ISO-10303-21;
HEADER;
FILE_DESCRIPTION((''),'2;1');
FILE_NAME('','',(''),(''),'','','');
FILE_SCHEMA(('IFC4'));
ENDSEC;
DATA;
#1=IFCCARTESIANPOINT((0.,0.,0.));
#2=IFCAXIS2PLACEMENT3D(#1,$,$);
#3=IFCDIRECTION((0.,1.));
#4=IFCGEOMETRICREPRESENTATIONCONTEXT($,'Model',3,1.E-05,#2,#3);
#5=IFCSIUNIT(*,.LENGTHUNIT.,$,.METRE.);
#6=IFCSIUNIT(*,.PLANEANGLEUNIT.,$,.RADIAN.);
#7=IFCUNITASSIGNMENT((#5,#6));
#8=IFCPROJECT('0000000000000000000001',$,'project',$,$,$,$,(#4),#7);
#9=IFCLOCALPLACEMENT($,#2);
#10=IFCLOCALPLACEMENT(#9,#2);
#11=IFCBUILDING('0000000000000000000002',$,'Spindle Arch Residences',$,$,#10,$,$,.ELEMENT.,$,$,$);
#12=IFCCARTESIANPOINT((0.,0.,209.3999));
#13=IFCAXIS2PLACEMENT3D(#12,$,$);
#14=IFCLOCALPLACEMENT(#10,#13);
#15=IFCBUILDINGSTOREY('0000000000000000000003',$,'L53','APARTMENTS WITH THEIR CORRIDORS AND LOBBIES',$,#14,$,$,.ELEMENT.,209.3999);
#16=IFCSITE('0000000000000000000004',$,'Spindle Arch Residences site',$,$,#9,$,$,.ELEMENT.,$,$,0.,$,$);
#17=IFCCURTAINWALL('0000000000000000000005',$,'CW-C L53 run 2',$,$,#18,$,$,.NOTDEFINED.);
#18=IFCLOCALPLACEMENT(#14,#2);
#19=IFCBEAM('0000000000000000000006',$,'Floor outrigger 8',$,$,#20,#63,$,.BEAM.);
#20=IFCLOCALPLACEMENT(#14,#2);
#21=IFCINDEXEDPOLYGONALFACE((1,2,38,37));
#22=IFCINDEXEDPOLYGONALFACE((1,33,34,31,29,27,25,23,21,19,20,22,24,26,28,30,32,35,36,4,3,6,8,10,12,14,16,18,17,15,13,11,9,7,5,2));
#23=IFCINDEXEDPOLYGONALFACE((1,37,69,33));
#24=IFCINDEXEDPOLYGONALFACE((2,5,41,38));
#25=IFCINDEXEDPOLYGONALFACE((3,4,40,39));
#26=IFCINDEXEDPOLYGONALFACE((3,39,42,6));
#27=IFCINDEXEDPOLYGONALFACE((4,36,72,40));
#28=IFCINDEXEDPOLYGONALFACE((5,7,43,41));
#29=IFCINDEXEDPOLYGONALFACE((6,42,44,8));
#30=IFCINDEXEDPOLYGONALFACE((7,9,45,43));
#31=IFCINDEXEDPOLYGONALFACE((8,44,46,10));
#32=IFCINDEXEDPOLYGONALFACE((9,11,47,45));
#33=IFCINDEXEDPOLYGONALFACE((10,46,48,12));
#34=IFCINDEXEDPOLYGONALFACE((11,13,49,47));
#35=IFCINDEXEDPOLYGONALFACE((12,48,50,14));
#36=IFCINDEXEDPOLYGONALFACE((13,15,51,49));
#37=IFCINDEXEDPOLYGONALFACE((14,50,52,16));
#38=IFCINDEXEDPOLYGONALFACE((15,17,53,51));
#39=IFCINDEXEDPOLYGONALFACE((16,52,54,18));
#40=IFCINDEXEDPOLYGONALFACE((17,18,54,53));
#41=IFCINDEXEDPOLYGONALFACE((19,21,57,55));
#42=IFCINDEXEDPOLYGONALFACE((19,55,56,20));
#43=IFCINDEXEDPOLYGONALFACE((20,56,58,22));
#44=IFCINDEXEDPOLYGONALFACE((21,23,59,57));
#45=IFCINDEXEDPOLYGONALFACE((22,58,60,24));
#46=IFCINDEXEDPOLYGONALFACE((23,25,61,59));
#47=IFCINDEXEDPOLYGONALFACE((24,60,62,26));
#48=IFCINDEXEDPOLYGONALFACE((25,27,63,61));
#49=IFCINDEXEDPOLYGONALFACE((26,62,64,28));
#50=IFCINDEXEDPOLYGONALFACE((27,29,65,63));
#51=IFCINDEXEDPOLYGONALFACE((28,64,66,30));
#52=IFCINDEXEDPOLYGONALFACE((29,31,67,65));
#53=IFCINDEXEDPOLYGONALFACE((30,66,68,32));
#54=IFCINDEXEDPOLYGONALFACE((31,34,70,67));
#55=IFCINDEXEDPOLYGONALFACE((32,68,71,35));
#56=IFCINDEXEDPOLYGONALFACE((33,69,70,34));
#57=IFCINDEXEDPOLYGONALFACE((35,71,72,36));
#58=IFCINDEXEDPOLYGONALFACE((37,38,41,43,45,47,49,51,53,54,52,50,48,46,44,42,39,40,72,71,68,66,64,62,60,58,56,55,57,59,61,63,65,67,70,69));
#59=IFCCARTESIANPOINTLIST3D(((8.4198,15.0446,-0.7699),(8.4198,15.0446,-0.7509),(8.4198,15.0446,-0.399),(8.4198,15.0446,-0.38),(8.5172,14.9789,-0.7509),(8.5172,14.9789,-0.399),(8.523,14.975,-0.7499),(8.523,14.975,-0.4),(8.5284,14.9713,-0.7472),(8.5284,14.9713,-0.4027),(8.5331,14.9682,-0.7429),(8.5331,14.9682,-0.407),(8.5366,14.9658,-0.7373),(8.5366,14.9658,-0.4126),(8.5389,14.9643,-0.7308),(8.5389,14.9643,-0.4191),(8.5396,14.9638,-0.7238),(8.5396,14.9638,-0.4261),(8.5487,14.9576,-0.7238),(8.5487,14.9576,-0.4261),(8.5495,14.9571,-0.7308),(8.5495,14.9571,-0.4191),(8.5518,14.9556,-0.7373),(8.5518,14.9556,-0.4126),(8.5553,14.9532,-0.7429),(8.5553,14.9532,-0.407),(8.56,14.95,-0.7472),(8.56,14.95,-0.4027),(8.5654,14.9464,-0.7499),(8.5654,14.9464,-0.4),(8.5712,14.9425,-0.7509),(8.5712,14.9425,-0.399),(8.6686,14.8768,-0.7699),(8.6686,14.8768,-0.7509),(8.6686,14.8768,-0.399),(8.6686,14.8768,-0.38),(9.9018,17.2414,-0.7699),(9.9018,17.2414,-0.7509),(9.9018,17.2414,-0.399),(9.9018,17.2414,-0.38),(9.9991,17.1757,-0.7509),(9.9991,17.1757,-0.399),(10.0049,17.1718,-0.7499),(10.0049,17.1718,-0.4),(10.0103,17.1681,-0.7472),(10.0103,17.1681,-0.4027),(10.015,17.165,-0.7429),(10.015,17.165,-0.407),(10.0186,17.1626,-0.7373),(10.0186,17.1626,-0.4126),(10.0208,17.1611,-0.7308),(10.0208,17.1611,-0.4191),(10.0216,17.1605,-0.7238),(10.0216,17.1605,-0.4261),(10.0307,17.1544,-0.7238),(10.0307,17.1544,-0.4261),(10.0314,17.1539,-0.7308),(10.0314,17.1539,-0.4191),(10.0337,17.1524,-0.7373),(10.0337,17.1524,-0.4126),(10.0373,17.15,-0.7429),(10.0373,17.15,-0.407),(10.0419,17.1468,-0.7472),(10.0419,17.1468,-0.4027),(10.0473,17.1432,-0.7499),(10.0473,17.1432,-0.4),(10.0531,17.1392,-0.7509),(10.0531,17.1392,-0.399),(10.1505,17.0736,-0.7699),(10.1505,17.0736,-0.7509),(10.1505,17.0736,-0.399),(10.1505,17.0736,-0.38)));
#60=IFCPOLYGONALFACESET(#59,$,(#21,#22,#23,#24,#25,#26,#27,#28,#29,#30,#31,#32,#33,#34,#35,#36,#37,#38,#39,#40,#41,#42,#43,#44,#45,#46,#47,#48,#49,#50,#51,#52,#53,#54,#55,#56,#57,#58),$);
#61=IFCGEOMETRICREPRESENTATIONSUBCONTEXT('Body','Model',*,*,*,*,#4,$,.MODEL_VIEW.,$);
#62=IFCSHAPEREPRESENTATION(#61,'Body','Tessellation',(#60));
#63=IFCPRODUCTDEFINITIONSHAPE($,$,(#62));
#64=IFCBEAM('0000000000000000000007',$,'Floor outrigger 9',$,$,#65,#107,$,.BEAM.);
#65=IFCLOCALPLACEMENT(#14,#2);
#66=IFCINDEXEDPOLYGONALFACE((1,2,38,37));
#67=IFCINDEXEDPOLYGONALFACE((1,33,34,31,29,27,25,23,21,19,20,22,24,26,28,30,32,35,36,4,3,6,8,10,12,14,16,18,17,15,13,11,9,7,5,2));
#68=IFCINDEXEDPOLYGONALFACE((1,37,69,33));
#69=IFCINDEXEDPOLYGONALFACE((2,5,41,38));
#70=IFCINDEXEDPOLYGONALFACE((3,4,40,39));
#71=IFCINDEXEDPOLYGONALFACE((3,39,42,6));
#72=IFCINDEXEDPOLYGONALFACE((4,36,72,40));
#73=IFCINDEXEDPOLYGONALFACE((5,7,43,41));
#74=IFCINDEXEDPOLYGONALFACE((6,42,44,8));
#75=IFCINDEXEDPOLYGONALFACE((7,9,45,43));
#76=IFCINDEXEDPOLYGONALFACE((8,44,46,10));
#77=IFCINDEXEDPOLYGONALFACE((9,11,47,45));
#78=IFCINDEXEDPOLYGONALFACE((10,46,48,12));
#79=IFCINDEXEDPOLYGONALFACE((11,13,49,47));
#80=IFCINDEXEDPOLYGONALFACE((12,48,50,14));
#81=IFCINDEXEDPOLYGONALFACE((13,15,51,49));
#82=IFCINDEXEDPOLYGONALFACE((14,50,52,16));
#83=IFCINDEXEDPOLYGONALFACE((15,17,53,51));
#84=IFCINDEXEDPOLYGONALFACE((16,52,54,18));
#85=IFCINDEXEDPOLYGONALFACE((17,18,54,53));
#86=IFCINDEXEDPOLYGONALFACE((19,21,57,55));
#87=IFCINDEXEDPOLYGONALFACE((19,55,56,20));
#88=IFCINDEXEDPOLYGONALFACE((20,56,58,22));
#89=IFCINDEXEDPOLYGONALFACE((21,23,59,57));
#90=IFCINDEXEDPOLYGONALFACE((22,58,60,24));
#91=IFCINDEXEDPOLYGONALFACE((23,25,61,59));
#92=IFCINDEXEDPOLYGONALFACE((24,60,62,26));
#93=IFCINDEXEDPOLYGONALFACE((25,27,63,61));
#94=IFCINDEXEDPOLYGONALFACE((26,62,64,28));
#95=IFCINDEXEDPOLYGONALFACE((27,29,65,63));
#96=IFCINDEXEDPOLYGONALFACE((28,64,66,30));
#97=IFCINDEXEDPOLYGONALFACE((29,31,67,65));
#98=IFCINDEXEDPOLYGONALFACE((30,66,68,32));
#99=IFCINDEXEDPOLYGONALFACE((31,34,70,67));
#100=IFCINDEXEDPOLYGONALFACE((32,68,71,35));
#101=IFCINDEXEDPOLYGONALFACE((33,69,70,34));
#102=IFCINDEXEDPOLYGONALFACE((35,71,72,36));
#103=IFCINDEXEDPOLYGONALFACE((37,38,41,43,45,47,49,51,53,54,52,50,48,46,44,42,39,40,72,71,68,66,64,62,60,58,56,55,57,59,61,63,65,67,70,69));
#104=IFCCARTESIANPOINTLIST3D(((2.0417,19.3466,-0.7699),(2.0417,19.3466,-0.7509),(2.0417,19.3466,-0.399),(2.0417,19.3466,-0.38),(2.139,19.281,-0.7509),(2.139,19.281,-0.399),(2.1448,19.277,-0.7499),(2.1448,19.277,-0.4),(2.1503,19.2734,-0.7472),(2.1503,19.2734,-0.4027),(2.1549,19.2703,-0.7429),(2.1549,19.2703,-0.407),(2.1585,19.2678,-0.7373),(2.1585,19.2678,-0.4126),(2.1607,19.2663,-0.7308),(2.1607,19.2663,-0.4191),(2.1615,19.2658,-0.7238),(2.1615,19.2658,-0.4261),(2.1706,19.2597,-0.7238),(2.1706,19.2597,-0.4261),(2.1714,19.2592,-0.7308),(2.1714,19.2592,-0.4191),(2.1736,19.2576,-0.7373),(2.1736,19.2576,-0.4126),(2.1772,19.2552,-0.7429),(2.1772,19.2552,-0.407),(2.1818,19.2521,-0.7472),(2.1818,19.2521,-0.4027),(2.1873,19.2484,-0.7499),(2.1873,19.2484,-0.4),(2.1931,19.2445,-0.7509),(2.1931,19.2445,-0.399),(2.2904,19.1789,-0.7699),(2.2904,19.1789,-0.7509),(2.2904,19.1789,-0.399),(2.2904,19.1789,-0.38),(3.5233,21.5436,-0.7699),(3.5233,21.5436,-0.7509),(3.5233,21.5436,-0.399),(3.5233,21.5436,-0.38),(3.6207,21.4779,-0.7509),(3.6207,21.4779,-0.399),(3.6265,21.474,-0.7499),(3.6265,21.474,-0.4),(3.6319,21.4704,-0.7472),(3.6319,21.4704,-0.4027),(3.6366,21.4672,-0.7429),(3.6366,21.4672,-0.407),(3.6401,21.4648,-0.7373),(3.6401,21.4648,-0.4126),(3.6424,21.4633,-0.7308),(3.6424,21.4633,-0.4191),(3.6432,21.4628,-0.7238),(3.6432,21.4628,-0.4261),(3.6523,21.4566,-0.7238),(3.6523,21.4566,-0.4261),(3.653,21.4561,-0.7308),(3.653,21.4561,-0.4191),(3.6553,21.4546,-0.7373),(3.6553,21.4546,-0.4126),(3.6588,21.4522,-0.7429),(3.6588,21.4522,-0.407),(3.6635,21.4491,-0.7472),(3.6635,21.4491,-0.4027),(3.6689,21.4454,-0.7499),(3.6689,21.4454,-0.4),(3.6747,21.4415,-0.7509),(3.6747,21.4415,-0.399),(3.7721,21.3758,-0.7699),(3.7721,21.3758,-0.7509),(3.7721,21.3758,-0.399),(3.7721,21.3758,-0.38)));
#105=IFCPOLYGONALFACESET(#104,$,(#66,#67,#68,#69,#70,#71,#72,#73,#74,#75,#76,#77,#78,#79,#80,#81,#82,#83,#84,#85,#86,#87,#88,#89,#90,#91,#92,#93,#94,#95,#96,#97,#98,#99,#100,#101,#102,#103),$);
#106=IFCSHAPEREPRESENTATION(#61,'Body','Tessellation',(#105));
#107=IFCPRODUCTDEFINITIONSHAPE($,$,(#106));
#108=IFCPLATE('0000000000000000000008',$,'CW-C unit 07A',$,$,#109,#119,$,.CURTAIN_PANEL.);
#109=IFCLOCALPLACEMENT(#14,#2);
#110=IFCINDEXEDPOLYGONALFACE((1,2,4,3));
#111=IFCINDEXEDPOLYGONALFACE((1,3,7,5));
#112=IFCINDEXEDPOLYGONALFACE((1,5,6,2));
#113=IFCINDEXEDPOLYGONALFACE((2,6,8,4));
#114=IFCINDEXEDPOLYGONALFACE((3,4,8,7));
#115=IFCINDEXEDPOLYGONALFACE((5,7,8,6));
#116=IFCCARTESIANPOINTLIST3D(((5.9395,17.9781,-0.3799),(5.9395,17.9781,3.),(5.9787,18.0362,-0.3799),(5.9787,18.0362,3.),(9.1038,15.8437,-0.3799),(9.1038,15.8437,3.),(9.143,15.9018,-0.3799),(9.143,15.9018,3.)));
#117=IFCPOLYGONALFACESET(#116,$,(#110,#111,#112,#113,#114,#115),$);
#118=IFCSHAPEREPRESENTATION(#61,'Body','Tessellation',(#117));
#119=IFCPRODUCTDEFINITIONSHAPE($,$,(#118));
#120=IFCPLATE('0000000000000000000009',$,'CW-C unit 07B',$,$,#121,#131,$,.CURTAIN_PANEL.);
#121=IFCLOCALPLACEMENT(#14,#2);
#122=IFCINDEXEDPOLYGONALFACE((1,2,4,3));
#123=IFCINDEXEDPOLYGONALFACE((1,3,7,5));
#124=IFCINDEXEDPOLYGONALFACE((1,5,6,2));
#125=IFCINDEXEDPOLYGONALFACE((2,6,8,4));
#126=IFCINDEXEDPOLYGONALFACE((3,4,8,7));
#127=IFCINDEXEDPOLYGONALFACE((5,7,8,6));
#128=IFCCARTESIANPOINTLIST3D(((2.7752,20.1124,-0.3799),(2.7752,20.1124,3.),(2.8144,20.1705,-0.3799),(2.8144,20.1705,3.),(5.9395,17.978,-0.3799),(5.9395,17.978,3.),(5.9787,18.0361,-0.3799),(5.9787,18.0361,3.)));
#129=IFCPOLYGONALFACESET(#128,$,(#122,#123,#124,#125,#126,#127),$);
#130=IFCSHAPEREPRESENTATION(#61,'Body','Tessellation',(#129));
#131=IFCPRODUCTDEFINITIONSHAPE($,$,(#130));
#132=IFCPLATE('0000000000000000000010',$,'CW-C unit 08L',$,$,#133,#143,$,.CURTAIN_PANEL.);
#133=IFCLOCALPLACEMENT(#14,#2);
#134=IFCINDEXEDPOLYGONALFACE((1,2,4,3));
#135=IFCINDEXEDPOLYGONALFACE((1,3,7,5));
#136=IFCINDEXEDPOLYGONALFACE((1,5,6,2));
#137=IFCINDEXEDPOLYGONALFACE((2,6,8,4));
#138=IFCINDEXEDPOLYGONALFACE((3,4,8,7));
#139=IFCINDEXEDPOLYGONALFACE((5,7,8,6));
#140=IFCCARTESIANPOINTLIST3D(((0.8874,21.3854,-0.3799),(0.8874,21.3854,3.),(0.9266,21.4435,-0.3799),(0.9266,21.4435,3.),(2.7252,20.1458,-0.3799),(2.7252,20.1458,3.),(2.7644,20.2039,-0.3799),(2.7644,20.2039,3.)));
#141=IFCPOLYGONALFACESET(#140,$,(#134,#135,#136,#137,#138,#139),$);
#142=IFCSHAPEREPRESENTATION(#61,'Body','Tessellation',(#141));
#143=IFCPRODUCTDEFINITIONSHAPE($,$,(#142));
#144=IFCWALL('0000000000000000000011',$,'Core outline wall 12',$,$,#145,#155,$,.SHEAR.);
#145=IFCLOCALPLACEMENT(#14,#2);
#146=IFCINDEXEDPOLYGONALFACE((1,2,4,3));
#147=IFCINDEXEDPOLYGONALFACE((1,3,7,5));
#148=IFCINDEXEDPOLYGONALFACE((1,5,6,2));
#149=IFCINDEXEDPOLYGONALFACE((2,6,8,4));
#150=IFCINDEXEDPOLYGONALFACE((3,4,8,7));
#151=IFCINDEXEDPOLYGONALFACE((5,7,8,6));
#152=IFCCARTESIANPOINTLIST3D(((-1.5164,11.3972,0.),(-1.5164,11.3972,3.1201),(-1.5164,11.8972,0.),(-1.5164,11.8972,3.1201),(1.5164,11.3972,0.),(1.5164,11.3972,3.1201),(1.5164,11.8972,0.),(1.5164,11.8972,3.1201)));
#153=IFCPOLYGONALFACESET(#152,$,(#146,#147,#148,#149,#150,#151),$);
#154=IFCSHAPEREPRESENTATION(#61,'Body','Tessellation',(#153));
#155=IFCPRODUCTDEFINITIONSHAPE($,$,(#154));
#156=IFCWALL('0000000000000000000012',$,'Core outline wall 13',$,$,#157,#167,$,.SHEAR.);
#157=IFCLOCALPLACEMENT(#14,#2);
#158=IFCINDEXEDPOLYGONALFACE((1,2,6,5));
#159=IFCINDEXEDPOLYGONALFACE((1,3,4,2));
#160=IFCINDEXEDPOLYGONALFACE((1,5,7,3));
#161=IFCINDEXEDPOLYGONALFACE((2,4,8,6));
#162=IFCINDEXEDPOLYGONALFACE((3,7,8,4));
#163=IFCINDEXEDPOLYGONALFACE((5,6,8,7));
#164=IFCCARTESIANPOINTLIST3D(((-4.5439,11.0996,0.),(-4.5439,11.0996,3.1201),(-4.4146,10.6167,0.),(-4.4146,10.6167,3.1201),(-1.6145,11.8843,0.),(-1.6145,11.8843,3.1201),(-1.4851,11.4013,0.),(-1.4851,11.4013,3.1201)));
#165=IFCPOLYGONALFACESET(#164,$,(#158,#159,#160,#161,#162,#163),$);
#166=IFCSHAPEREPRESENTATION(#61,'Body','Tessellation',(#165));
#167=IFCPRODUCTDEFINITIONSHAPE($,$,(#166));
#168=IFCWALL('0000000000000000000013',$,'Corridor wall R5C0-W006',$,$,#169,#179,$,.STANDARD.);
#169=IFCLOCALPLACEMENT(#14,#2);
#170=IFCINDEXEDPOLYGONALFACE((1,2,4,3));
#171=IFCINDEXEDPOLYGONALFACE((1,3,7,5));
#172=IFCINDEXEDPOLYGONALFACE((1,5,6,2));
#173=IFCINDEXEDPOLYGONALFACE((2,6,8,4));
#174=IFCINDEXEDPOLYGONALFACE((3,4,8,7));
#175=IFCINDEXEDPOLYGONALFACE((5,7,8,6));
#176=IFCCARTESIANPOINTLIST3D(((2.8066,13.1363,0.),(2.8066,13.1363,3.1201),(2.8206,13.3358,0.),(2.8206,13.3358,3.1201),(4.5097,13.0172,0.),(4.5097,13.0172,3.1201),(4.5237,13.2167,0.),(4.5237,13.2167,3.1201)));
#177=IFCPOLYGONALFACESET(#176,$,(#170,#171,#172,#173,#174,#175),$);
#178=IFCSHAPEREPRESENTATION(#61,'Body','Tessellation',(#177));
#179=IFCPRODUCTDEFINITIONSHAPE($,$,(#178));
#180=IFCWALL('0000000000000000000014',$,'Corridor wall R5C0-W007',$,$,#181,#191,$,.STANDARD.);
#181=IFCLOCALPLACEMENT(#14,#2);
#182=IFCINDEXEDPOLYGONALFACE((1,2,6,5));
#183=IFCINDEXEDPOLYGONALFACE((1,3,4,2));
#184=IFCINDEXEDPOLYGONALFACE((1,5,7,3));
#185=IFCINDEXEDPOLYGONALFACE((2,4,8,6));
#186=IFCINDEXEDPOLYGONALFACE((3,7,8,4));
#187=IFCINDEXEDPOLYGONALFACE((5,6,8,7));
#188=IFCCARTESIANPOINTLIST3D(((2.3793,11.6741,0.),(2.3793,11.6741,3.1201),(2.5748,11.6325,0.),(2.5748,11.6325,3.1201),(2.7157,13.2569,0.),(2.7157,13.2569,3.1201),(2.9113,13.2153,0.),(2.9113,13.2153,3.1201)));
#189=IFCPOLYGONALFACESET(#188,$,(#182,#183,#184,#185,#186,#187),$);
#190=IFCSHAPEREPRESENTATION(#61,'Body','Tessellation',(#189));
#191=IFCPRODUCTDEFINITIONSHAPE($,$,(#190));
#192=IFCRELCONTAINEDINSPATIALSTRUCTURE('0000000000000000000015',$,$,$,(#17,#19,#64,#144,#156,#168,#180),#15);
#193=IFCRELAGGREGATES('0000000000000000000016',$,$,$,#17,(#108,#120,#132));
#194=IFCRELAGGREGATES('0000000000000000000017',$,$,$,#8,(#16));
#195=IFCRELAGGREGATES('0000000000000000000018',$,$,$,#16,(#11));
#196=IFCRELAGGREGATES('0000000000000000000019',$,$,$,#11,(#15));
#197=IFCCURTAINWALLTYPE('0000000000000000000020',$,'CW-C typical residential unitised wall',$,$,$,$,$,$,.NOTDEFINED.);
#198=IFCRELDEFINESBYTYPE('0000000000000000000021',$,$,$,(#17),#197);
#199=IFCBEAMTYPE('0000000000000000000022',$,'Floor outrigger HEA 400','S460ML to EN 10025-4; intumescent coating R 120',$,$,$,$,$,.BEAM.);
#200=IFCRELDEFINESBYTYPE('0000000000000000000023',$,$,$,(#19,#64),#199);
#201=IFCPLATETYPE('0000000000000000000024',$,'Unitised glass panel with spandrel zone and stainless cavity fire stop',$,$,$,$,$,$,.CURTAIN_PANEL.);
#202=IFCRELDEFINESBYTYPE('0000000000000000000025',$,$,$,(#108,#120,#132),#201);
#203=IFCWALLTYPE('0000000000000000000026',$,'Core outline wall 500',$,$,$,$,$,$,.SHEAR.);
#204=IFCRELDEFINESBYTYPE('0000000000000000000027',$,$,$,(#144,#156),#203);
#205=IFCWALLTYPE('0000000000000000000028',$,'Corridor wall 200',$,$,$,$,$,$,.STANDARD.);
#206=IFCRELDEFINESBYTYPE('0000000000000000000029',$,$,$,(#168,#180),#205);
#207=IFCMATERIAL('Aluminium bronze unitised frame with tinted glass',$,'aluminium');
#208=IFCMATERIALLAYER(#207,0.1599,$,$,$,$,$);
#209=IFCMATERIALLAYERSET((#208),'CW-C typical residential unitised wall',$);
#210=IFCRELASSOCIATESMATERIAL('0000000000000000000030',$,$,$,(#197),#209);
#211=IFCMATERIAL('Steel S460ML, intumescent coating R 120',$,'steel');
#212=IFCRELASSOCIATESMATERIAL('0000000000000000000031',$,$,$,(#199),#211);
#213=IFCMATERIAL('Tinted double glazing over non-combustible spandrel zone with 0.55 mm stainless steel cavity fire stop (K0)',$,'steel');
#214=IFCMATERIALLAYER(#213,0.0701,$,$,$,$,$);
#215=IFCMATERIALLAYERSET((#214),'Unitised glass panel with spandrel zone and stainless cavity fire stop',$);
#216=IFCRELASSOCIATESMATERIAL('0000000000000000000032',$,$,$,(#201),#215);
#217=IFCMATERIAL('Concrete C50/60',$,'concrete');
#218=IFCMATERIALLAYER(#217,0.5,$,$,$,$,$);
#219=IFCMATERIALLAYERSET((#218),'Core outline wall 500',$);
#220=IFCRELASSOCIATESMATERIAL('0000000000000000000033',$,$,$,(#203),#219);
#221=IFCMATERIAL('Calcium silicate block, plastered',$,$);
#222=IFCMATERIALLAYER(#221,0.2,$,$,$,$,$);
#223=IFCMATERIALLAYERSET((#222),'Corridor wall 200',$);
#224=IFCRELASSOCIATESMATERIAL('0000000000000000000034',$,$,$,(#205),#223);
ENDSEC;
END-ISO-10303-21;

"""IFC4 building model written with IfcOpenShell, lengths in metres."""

from ifc_helpers import new_model, si_unit, direction, frame, frame_2d, origin, origin_2d, place, context, subcontext, project, spatial, rectangle, i_section, extrude, material, layer, layer_set, material_profile, profile_set, type_object, element, aggregate, save


model = new_model("IFC4")

# Units and contexts
model_context = context("Model", 3, precision=1e-05, world=origin(), true_north=direction((0.0, 1.0)))
body_context = subcontext(model_context, "Body", "Model", "MODEL_VIEW")
ifc_project = project(units=[si_unit("LENGTHUNIT", "METRE"), si_unit("PLANEANGLEUNIT", "RADIAN")], contexts=[model_context])

# Site, building, storey
site_placement = place(None, origin())
site = spatial("IfcSite", under=ifc_project, at=site_placement, Name="Spindle Arch Residences site", CompositionType="ELEMENT", RefElevation=0.0)
building_placement = place(site_placement, origin())
building = spatial("IfcBuilding", under=site, at=building_placement, Name="Spindle Arch Residences", CompositionType="ELEMENT")
storey_placement = place(building_placement, frame((0.0, 0.0, 209.3999)))
storey = spatial("IfcBuildingStorey", under=building, at=storey_placement, Name="L53", Description="APARTMENTS WITH THEIR CORRIDORS AND LOBBIES", CompositionType="ELEMENT", Elevation=209.3999)

# Curtain wall
ifc_material_1 = material(Name="Aluminium bronze unitised frame with tinted glass", Category="aluminium")
ifc_layer_1 = layer(ifc_material_1, 0.1599)
ifc_layer_set_1 = layer_set([ifc_layer_1], Name="CW-C typical residential unitised wall")
curtain_wall_type = type_object("IfcCurtainWallType", Name="CW-C typical residential unitised wall", PredefinedType="NOTDEFINED", material=ifc_layer_set_1)
curtain_wall_placement = place(storey_placement, origin())
curtain_wall = element("IfcCurtainWall", 1, at=curtain_wall_placement, inside=storey, type_object=curtain_wall_type, Name="CW-C L53 run 2", PredefinedType="NOTDEFINED")

# Beams
ifc_material_2 = material(Name="Steel S460ML, intumescent coating R 120", Category="steel")
ifc_material_profile_1 = material_profile(ifc_material_2, i_section(OverallWidth=0.3, OverallDepth=0.3899, WebThickness=0.011, FlangeThickness=0.019, FilletRadius=0.0271, at=origin_2d()), Name="HEA 400")
ifc_profile_set_1 = profile_set([ifc_material_profile_1], Name="Steel S460ML, intumescent coating R 120")
beam_type_1 = type_object("IfcBeamType", Name="Floor outrigger HEA 400", Description="S460ML to EN 10025-4; intumescent coating R 120", PredefinedType="BEAM", material=ifc_profile_set_1)
for number, where, z_axis, x_axis, name in (
    (2, (10.0261, 17.1575, -0.575), (-0.559242, -0.829005, 0.0), (0.829005, -0.559242, 0.0), "Floor outrigger 8"),
    (3, (3.6477, 21.4597, -0.575), (-0.559136, -0.829076, 0.0), (0.829076, -0.559136, 0.0), "Floor outrigger 9"),
):
    element("IfcBeam", number, at=place(storey_placement, frame(where, z_axis=z_axis, x_axis=x_axis)), inside=storey, type_object=beam_type_1, Name=name, PredefinedType="BEAM", context=body_context, shape_type="SweptSolid", body=[
        extrude(i_section(OverallWidth=0.3, OverallDepth=0.3899, WebThickness=0.011, FlangeThickness=0.019, FilletRadius=0.0271, at=origin_2d()), origin(), (0.0, 0.0, 1.0), 2.6499),
    ])

# Plates
ifc_material_3 = material(Name="Tinted double glazing over non-combustible spandrel zone with 0.55 mm stainless steel cavity fire stop (K0)", Category="steel")
ifc_layer_2 = layer(ifc_material_3, 0.0701)
ifc_layer_set_2 = layer_set([ifc_layer_2], Name="Unitised glass panel with spandrel zone and stainless cavity fire stop")
plate_type = type_object("IfcPlateType", Name="Unitised glass panel with spandrel zone and stainless cavity fire stop", PredefinedType="CURTAIN_PANEL", material=ifc_layer_set_2)
plate_1_placement = place(storey_placement, frame((7.5413, 16.9399, -0.3799), z_axis=(0.0, 0.0, 1.0), x_axis=(-0.829038, 0.559193, 0.0)))
plate_1 = element("IfcPlate", 4, at=plate_1_placement, type_object=plate_type, Name="CW-C unit 07A", PredefinedType="CURTAIN_PANEL", context=body_context, shape_type="SweptSolid", body=[
    extrude(rectangle(XDim=3.8169, YDim=0.0701, at=origin_2d()), origin(), (0.0, 0.0, 1.0), 3.3799),
])
plate_2_placement = place(storey_placement, frame((4.377, 19.0742, -0.3799), z_axis=(0.0, 0.0, 1.0), x_axis=(-0.829038, 0.559193, 0.0)))
plate_2 = element("IfcPlate", 5, at=plate_2_placement, type_object=plate_type, Name="CW-C unit 07B", PredefinedType="CURTAIN_PANEL", context=body_context, shape_type="SweptSolid", body=[
    extrude(rectangle(XDim=3.8169, YDim=0.0701, at=origin_2d()), origin(), (0.0, 0.0, 1.0), 3.3799),
])
plate_3_placement = place(storey_placement, frame((1.8259, 20.7947, -0.3799), z_axis=(0.0, 0.0, 1.0), x_axis=(-0.829038, 0.559193, 0.0)))
plate_3 = element("IfcPlate", 6, at=plate_3_placement, type_object=plate_type, Name="CW-C unit 08L", PredefinedType="CURTAIN_PANEL", context=body_context, shape_type="SweptSolid", body=[
    extrude(rectangle(XDim=2.2168, YDim=0.0701, at=origin_2d()), origin(), (0.0, 0.0, 1.0), 3.3799),
])
aggregate(curtain_wall, [plate_1, plate_2, plate_3])

# Walls
ifc_material_4 = material(Name="Concrete C50/60", Category="concrete")
ifc_layer_3 = layer(ifc_material_4, 0.5)
ifc_layer_set_3 = layer_set([ifc_layer_3], Name="Core outline wall 500")
wall_type_1 = type_object("IfcWallType", Name="Core outline wall 500", PredefinedType="SHEAR", material=ifc_layer_set_3)
for number, where, z_axis, x_axis, name in (
    (7, (1.5164, 11.6472, 0.0), (0.0, 0.0, 1.0), (-1.0, 0.0, 0.0), "Core outline wall 12"),
    (8, (-1.5498, 11.6428, 0.0), (0.0, 0.0, 1.0), (-0.965948, -0.258735, 0.0), "Core outline wall 13"),
):
    element("IfcWall", number, at=place(storey_placement, frame(where, z_axis=z_axis, x_axis=x_axis)), inside=storey, type_object=wall_type_1, Name=name, PredefinedType="SHEAR", context=body_context, shape_type="SweptSolid", body=[
        extrude(rectangle(XDim=3.0327, YDim=0.5, at=frame_2d((1.5164, 0.0))), origin(), (0.0, 0.0, 1.0), 3.1201),
    ])
ifc_material_5 = material(Name="Calcium silicate block, plastered")
ifc_layer_4 = layer(ifc_material_5, 0.2)
ifc_layer_set_4 = layer_set([ifc_layer_4], Name="Corridor wall 200")
wall_type_2 = type_object("IfcWallType", Name="Corridor wall 200", PredefinedType="STANDARD", material=ifc_layer_set_4)
wall_1_placement = place(storey_placement, frame((4.5166, 13.1169, 0.0), z_axis=(0.0, 0.0, 1.0), x_axis=(-0.997562, 0.069784, 0.0)))
element("IfcWall", 9, at=wall_1_placement, inside=storey, type_object=wall_type_2, Name="Corridor wall R5C0-W006", PredefinedType="STANDARD", context=body_context, shape_type="SweptSolid", body=[
    extrude(rectangle(XDim=1.7073, YDim=0.2, at=frame_2d((0.8535, 0.0))), origin(), (0.0, 0.0, 1.0), 3.1201),
])
wall_2_placement = place(storey_placement, frame((2.8135, 13.2361, 0.0), z_axis=(0.0, 0.0, 1.0), x_axis=(-0.207911, -0.978148, 0.0)))
element("IfcWall", 10, at=wall_2_placement, inside=storey, type_object=wall_type_2, Name="Corridor wall R5C0-W007", PredefinedType="STANDARD", context=body_context, shape_type="SweptSolid", body=[
    extrude(rectangle(XDim=1.6182, YDim=0.2, at=frame_2d((0.8091, 0.0))), origin(), (0.0, 0.0, 1.0), 3.1201),
])

save(model, "model.ifc")
